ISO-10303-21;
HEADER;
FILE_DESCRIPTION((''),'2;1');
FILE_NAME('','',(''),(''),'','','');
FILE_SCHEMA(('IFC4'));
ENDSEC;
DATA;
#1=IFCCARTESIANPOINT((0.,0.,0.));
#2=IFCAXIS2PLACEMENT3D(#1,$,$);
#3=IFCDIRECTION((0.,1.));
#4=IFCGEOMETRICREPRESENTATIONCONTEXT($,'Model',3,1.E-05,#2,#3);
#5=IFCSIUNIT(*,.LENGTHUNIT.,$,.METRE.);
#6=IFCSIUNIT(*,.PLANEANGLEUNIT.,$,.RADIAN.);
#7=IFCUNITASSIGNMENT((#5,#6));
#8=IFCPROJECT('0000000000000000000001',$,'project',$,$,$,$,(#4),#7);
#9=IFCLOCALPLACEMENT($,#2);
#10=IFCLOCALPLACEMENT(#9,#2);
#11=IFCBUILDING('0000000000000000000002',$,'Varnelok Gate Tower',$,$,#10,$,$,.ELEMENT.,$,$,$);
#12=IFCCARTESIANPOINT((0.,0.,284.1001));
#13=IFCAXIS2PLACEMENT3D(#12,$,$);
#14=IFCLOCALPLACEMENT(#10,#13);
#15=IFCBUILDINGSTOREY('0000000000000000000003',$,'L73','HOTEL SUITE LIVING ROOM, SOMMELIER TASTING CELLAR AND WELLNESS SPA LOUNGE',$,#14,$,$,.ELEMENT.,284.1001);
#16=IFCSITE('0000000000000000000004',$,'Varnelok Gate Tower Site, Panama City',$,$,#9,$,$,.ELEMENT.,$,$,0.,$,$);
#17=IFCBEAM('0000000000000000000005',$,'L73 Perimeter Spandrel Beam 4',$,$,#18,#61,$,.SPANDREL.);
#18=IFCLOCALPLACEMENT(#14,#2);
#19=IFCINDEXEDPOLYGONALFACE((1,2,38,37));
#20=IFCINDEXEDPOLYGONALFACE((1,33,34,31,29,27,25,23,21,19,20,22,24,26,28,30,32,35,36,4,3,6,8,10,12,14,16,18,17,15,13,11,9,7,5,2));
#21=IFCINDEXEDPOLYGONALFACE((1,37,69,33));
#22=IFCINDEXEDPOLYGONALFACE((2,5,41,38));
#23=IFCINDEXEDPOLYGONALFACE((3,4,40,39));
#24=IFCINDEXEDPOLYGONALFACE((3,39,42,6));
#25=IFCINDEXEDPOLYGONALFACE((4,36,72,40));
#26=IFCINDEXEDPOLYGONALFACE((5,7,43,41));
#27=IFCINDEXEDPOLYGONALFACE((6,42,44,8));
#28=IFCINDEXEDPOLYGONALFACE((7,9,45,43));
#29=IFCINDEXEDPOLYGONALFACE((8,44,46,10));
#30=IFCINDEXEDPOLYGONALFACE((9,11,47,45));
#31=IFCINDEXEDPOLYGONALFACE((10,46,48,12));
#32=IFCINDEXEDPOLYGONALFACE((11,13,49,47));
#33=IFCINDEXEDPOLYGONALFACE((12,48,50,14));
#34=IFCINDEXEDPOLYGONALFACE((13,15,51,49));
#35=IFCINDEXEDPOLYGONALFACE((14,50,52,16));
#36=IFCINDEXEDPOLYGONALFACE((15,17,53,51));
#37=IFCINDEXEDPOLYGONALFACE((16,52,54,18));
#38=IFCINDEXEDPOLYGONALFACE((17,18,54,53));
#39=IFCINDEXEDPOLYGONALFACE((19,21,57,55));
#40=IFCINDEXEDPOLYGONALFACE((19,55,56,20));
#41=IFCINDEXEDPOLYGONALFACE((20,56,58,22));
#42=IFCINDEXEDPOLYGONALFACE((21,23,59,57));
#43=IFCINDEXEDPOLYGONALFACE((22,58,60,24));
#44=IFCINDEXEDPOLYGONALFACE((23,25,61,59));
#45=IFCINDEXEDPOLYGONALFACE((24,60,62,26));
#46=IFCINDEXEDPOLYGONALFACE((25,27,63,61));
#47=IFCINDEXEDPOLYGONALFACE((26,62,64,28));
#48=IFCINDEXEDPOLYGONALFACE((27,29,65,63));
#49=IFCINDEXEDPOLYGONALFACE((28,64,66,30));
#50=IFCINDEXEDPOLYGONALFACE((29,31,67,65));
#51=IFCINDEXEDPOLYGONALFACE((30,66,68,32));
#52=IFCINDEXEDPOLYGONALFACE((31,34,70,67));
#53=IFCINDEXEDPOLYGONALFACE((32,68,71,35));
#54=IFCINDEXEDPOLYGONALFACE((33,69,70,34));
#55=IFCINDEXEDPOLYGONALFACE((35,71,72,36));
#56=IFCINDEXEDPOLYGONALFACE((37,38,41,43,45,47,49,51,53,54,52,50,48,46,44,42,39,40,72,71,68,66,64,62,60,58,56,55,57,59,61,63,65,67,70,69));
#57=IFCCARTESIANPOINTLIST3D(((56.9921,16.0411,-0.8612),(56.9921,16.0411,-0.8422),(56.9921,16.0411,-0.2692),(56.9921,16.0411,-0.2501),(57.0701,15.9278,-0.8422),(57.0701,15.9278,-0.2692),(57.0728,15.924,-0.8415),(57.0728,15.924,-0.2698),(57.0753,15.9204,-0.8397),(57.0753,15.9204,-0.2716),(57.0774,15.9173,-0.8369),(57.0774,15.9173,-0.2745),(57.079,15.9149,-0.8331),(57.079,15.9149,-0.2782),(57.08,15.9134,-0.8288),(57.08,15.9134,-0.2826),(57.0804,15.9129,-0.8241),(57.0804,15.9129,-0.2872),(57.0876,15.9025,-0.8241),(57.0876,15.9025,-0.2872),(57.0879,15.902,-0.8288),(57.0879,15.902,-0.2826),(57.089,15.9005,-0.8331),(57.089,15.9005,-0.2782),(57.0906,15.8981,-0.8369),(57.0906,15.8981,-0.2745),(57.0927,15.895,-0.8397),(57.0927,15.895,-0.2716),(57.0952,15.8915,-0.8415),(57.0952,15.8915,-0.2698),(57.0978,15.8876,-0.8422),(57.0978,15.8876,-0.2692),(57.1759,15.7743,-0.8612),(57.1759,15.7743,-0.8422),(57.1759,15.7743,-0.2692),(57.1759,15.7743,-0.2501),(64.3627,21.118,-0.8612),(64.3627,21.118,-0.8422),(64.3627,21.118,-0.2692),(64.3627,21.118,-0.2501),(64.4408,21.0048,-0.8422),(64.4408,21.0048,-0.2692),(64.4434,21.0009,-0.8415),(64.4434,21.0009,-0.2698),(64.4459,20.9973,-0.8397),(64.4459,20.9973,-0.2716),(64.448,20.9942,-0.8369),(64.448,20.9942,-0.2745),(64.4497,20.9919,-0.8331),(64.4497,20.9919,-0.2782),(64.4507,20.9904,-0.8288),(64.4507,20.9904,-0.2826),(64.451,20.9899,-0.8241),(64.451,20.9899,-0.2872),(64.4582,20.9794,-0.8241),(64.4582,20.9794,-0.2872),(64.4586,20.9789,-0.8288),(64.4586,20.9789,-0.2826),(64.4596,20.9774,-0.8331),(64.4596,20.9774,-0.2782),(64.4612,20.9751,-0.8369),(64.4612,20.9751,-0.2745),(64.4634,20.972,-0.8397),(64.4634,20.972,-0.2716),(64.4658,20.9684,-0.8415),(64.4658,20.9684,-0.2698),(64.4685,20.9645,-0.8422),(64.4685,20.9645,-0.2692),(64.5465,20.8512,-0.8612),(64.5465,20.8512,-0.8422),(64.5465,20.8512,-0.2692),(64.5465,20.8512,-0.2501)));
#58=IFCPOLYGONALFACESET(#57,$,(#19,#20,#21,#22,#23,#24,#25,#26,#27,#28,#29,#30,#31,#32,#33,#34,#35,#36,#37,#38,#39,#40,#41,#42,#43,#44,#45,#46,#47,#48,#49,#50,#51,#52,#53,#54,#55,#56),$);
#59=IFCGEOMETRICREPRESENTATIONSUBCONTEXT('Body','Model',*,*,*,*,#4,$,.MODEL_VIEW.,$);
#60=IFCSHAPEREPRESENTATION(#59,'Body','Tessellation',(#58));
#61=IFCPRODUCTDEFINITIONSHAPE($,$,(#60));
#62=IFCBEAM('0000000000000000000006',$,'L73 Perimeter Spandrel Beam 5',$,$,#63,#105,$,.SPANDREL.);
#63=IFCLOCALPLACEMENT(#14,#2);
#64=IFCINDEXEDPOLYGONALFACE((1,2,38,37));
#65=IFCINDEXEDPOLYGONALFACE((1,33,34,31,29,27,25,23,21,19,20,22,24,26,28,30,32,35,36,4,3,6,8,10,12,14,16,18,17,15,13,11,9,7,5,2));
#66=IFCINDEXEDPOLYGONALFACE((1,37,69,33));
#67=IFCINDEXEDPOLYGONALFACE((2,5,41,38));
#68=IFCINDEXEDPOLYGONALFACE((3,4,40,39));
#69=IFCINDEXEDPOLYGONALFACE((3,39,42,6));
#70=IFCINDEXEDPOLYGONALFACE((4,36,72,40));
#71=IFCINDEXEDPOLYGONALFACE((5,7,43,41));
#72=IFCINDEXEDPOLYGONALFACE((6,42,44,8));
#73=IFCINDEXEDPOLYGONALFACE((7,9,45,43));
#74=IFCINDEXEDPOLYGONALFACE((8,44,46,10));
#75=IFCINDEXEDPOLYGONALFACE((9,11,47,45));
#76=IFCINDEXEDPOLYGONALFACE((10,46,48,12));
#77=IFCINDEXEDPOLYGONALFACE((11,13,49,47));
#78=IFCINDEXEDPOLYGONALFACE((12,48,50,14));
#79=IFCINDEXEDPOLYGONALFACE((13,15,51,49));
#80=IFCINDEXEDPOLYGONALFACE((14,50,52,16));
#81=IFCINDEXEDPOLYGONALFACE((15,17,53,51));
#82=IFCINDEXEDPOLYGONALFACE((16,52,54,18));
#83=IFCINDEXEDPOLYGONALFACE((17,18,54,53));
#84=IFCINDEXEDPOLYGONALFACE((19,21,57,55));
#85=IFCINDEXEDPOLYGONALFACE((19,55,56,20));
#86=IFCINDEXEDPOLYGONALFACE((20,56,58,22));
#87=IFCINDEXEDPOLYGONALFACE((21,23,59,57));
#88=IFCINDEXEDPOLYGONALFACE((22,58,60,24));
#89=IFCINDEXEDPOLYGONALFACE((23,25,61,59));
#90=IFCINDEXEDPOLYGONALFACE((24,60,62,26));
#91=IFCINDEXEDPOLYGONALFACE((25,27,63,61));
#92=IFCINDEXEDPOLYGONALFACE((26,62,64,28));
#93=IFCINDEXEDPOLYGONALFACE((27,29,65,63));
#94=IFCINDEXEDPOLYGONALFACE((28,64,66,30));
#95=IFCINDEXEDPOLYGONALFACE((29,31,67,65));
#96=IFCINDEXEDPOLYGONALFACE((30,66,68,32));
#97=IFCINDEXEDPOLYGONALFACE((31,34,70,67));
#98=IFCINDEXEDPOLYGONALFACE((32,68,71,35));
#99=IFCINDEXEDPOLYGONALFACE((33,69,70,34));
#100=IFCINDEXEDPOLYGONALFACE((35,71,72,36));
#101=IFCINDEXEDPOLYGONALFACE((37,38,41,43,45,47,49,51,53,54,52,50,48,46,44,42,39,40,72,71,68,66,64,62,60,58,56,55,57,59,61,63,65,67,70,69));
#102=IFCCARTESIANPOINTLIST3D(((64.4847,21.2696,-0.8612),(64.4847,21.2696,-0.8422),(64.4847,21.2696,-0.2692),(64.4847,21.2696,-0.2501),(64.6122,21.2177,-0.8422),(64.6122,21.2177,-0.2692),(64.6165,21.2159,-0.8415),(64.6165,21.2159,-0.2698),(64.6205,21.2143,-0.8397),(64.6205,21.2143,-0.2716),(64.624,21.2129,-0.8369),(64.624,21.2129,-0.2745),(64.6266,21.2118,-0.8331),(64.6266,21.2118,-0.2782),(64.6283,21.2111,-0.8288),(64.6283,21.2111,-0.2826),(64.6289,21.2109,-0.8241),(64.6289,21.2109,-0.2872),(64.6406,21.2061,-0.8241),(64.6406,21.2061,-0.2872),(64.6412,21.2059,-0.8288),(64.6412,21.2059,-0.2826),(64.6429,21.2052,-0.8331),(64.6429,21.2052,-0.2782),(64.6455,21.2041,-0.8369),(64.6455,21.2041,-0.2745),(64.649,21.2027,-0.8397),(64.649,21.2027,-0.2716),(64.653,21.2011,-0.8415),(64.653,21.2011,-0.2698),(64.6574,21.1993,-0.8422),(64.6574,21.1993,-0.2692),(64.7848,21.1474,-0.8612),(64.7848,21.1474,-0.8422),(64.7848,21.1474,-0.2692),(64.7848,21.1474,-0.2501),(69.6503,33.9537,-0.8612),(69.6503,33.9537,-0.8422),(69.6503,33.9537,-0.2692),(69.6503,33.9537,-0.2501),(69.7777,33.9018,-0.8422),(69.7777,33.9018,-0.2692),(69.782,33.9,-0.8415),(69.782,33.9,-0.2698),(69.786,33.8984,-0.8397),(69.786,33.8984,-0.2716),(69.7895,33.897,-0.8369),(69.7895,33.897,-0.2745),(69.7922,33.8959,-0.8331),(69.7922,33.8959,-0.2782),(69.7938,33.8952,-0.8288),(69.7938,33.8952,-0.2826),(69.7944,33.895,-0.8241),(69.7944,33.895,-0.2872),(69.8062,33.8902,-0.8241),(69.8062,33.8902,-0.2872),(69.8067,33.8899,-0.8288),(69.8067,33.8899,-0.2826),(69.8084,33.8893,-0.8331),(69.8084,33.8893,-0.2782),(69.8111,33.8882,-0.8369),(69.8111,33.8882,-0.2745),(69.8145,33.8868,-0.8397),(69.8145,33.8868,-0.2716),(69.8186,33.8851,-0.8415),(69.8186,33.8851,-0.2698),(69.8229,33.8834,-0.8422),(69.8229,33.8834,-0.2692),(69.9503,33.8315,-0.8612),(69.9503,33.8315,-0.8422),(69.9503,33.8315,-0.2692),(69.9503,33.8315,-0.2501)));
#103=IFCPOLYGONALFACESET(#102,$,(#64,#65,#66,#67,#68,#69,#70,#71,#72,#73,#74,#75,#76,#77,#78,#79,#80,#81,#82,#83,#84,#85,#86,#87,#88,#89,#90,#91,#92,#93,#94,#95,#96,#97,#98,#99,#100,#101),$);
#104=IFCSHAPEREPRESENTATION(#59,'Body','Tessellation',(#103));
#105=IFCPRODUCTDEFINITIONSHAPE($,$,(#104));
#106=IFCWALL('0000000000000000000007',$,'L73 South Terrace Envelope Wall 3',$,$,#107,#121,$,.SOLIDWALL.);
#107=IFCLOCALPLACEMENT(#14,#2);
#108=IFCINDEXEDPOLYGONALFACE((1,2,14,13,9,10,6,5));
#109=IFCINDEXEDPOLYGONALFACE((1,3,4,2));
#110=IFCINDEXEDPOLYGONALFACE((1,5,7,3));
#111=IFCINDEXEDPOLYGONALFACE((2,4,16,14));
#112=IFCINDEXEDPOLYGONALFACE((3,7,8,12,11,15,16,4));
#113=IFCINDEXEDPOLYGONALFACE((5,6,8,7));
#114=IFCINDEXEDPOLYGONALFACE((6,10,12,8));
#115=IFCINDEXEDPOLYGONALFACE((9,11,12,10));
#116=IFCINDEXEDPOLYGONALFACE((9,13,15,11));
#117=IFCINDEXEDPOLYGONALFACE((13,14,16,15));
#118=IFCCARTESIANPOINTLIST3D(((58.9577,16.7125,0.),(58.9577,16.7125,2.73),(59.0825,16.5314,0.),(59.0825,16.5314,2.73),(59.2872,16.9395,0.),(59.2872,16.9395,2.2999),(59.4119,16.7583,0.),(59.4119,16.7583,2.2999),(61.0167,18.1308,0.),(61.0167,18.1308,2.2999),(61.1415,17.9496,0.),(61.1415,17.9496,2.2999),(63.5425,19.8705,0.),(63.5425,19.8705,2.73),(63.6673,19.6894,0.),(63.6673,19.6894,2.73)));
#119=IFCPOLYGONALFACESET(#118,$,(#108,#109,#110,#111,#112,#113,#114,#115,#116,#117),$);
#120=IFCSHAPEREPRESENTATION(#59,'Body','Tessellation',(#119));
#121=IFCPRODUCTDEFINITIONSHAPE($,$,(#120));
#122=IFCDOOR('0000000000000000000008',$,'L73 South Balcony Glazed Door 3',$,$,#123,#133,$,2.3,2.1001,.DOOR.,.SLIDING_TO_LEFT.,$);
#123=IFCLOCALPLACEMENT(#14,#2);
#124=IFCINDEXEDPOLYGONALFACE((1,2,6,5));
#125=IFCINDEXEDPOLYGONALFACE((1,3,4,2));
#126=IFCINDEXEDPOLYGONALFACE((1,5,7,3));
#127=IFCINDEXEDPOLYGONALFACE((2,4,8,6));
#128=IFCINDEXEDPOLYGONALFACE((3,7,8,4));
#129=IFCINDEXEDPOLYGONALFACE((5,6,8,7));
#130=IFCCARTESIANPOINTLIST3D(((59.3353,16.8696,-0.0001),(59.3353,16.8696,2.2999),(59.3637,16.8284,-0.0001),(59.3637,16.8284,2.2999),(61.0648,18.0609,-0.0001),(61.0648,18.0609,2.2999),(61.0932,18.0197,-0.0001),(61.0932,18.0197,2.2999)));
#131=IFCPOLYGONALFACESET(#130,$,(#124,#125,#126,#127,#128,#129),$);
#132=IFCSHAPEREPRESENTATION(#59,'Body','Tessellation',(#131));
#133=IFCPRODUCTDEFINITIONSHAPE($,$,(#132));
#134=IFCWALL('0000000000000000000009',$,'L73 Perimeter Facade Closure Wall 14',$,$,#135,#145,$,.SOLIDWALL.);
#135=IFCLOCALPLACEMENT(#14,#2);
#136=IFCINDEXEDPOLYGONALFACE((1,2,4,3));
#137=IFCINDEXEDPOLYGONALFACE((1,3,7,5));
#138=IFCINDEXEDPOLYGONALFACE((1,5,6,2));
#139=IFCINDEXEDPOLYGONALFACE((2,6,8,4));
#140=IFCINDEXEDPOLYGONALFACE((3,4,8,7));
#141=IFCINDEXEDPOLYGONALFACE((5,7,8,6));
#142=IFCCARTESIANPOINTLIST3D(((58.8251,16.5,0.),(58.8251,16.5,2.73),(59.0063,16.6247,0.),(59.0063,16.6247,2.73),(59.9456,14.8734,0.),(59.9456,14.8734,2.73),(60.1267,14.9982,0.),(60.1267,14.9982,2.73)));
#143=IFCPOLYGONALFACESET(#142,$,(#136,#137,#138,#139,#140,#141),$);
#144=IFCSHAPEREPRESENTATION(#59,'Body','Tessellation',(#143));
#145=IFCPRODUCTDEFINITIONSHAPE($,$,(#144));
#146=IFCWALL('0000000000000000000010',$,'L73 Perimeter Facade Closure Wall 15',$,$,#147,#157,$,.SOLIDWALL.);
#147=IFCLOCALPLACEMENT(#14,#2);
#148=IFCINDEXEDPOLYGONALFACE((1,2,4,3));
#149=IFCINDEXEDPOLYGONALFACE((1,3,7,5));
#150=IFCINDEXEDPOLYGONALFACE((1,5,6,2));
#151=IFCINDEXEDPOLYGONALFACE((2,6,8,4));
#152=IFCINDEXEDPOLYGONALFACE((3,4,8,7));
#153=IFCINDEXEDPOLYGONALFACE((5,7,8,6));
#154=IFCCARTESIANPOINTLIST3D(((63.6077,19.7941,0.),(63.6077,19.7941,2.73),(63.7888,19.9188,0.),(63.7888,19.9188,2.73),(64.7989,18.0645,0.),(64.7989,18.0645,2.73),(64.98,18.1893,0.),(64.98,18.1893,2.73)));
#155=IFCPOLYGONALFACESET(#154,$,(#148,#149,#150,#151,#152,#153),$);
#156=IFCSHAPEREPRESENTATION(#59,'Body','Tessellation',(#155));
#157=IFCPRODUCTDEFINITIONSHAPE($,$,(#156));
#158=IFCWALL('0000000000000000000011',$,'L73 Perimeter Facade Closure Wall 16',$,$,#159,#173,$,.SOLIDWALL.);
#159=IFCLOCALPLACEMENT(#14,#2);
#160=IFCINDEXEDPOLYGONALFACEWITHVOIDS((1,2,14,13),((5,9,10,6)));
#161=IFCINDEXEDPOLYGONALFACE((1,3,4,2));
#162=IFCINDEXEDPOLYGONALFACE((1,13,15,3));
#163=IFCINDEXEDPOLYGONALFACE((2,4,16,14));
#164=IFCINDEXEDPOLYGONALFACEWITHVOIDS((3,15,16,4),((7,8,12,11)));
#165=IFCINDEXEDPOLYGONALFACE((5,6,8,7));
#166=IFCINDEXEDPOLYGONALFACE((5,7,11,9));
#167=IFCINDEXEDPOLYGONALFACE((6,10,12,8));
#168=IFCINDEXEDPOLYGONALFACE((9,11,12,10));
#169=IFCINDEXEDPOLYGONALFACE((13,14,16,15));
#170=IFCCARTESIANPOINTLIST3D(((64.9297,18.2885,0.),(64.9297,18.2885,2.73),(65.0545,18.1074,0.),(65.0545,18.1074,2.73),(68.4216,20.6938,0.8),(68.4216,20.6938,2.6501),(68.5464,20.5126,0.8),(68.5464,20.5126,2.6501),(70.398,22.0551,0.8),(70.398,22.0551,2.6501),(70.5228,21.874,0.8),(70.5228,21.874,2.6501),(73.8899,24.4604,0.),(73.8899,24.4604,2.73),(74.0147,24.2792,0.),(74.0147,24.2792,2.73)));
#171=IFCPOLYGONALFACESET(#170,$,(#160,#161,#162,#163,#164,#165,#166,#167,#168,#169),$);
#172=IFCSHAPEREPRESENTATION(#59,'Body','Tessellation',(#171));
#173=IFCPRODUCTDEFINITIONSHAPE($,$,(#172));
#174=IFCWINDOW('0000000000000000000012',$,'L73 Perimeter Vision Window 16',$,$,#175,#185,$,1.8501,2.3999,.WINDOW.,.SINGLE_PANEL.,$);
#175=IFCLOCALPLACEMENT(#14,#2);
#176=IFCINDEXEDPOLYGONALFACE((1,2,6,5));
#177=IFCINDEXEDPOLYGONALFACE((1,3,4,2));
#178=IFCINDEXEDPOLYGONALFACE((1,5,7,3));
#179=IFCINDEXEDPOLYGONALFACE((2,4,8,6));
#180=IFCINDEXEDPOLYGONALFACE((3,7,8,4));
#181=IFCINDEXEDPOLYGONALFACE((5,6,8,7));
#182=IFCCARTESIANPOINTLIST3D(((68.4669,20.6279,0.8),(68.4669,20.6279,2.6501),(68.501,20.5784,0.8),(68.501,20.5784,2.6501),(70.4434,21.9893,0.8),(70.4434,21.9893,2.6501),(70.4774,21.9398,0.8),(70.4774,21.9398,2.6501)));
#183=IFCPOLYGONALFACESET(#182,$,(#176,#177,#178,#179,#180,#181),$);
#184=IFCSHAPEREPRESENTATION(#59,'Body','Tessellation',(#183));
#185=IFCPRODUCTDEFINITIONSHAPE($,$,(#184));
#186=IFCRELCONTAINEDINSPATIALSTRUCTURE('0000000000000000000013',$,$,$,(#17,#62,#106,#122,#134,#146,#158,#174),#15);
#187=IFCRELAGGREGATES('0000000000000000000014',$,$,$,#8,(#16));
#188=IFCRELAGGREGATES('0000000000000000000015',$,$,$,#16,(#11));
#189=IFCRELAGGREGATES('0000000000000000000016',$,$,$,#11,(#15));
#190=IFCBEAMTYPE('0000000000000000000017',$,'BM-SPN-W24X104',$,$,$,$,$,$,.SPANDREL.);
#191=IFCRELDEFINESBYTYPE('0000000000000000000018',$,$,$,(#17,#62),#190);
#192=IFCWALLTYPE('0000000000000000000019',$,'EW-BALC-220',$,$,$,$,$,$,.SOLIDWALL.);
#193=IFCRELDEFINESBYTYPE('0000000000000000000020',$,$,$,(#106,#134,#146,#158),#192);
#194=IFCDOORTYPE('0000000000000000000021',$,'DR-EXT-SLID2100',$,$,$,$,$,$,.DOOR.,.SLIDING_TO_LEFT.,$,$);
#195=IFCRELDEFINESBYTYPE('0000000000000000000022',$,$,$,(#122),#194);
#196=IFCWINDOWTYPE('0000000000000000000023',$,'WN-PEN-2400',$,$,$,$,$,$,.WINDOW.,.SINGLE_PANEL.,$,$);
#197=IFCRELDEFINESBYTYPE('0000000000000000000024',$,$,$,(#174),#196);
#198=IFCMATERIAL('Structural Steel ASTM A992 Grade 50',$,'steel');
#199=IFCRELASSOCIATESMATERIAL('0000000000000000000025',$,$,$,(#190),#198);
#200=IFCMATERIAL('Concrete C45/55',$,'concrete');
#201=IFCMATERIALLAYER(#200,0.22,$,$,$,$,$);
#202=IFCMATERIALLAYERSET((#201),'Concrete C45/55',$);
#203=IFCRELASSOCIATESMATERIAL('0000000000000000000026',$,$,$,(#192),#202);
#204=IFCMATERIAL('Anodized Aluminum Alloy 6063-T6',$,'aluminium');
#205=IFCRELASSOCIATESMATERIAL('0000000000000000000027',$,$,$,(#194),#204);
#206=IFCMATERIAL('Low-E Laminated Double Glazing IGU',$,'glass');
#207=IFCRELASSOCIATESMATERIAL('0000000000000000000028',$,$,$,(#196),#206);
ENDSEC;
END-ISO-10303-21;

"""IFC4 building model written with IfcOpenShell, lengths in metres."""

from ifc_helpers import new_model, si_unit, direction, frame, frame_2d, origin, origin_2d, place, context, subcontext, project, spatial, rectangle, i_section, extrude, material, layer, layer_set, material_profile, profile_set, type_object, element, fill, save


model = new_model("IFC4")

# Units and contexts
model_context = context("Model", 3, precision=1e-05, world=origin(), true_north=direction((0.0, 1.0)))
body_context = subcontext(model_context, "Body", "Model", "MODEL_VIEW")
ifc_project = project(units=[si_unit("LENGTHUNIT", "METRE"), si_unit("PLANEANGLEUNIT", "RADIAN")], contexts=[model_context])

# Site, building, storey
site_placement = place(None, origin())
site = spatial("IfcSite", under=ifc_project, at=site_placement, Name="Varnelok Gate Tower Site, Panama City", CompositionType="ELEMENT", RefElevation=0.0)
building_placement = place(site_placement, origin())
building = spatial("IfcBuilding", under=site, at=building_placement, Name="Varnelok Gate Tower", CompositionType="ELEMENT")
storey_placement = place(building_placement, frame((0.0, 0.0, 284.1001)))
storey = spatial("IfcBuildingStorey", under=building, at=storey_placement, Name="L73", Description="HOTEL SUITE LIVING ROOM, SOMMELIER TASTING CELLAR AND WELLNESS SPA LOUNGE", CompositionType="ELEMENT", Elevation=284.1001)

# Shared definitions
ifc_material_1 = material(Name="Structural Steel ASTM A992 Grade 50", Category="steel")

# Beams
ifc_material_profile_1 = material_profile(ifc_material_1, i_section(OverallWidth=0.324, OverallDepth=0.6111, WebThickness=0.0127, FlangeThickness=0.019, FilletRadius=0.0181, at=origin_2d()), Name="W24X104")
ifc_profile_set_1 = profile_set([ifc_material_profile_1], Name="Structural Steel ASTM A992 Grade 50")
beam_type_1 = type_object("IfcBeamType", Name="BM-SPN-W24X104", PredefinedType="SPANDREL", material=ifc_profile_set_1)
beam_1_placement = place(storey_placement, frame((57.084, 15.9077, -0.5557), z_axis=(0.82354, 0.567258, 0.0), x_axis=(-0.567258, 0.82354, 0.0)))
element("IfcBeam", 1, at=beam_1_placement, inside=storey, type_object=beam_type_1, Name="L73 Perimeter Spandrel Beam 4", PredefinedType="SPANDREL", context=body_context, shape_type="SweptSolid", body=[
    extrude(i_section(OverallWidth=0.324, OverallDepth=0.6111, WebThickness=0.0127, FlangeThickness=0.019, FilletRadius=0.0181, at=origin_2d()), origin(), (0.0, 0.0, 1.0), 8.95),
])
beam_2_placement = place(storey_placement, frame((64.6348, 21.2085, -0.5557), z_axis=(0.377168, 0.926145, 0.0), x_axis=(-0.926145, 0.377168, 0.0)))
element("IfcBeam", 2, at=beam_2_placement, inside=storey, type_object=beam_type_1, Name="L73 Perimeter Spandrel Beam 5", PredefinedType="SPANDREL", context=body_context, shape_type="SweptSolid", body=[
    extrude(i_section(OverallWidth=0.324, OverallDepth=0.6111, WebThickness=0.0127, FlangeThickness=0.019, FilletRadius=0.0181, at=origin_2d()), origin(), (0.0, 0.0, 1.0), 13.6956),
])

# Wall, opening, door
ifc_material_2 = material(Name="Concrete C45/55", Category="concrete")
ifc_layer = layer(ifc_material_2, 0.22)
ifc_layer_set = layer_set([ifc_layer], Name="Concrete C45/55")
wall_type = type_object("IfcWallType", Name="EW-BALC-220", PredefinedType="SOLIDWALL", material=ifc_layer_set)
wall_1_placement = place(storey_placement, frame((63.605, 19.78, 0.0), z_axis=(0.0, 0.0, 1.0), x_axis=(-0.823541, -0.567256, 0.0)))
wall_1 = element("IfcWall", 3, at=wall_1_placement, inside=storey, type_object=wall_type, Name="L73 South Terrace Envelope Wall 3", PredefinedType="SOLIDWALL", context=body_context, shape_type="SweptSolid", body=[
    extrude(rectangle(XDim=5.5671, YDim=0.22, at=frame_2d((2.7837, 0.0))), origin(), (0.0, 0.0, 1.0), 2.73),
])
opening_1_placement = place(wall_1_placement, frame((3.0671, 0.0, 0.0)))
opening_1 = element("IfcOpeningElement", 4, at=opening_1_placement, cuts=wall_1, PredefinedType="OPENING", context=body_context, shape_type="SweptSolid", body=[
    extrude(rectangle(XDim=2.1001, YDim=2.3, at=frame_2d((1.05, 1.1499))), frame((0.0, 0.1199, 0.0), z_axis=(0.0, -1.0, 0.0), x_axis=(1.0, 0.0, 0.0)), (0.0, 0.0, 1.0), 0.24),
])
ifc_material_3 = material(Name="Anodized Aluminum Alloy 6063-T6", Category="aluminium")
door_type = type_object("IfcDoorType", Name="DR-EXT-SLID2100", OperationType="SLIDING_TO_LEFT", PredefinedType="DOOR", material=ifc_material_3)
door_placement = place(opening_1_placement, origin())
door = element("IfcDoor", 5, at=door_placement, inside=storey, type_object=door_type, Name="L73 South Balcony Glazed Door 3", OperationType="SLIDING_TO_LEFT", OverallHeight=2.3, OverallWidth=2.1001, PredefinedType="DOOR", context=body_context, shape_type="SweptSolid", body=[
    extrude(rectangle(XDim=2.1001, YDim=2.3, at=frame_2d((1.05, 1.1499))), frame((0.0, 0.0249, 0.0), z_axis=(0.0, -1.0, 0.0), x_axis=(1.0, 0.0, 0.0)), (0.0, 0.0, 1.0), 0.05),
])
fill(opening_1, door)

# Walls
wall_2_placement = place(storey_placement, frame((60.0361, 14.9358, 0.0), z_axis=(0.0, 0.0, 1.0), x_axis=(-0.567274, 0.823529, 0.0)))
element("IfcWall", 6, at=wall_2_placement, inside=storey, type_object=wall_type, Name="L73 Perimeter Facade Closure Wall 14", PredefinedType="SOLIDWALL", context=body_context, shape_type="SweptSolid", body=[
    extrude(rectangle(XDim=1.9751, YDim=0.22, at=frame_2d((0.9875, 0.0))), origin(), (0.0, 0.0, 1.0), 2.73),
])
wall_3_placement = place(storey_placement, frame((63.6982, 19.8564, 0.0), z_axis=(0.0, 0.0, 1.0), x_axis=(0.567219, -0.823567, 0.0)))
element("IfcWall", 7, at=wall_3_placement, inside=storey, type_object=wall_type, Name="L73 Perimeter Facade Closure Wall 15", PredefinedType="SOLIDWALL", context=body_context, shape_type="SweptSolid", body=[
    extrude(rectangle(XDim=2.1001, YDim=0.22, at=frame_2d((1.05, 0.0))), origin(), (0.0, 0.0, 1.0), 2.73),
])

# Wall, opening, window
wall_4_placement = place(storey_placement, frame((64.9922, 18.198, 0.0), z_axis=(0.0, 0.0, 1.0), x_axis=(0.823538, 0.567261, 0.0)))
wall_4 = element("IfcWall", 8, at=wall_4_placement, inside=storey, type_object=wall_type, Name="L73 Perimeter Facade Closure Wall 16", PredefinedType="SOLIDWALL", context=body_context, shape_type="SweptSolid", body=[
    extrude(rectangle(XDim=10.8801, YDim=0.22, at=frame_2d((5.4399, 0.0))), origin(), (0.0, 0.0, 1.0), 2.73),
])
opening_2_placement = place(wall_4_placement, frame((4.24, 0.0, 0.8)))
opening_2 = element("IfcOpeningElement", 9, at=opening_2_placement, cuts=wall_4, PredefinedType="OPENING", context=body_context, shape_type="SweptSolid", body=[
    extrude(rectangle(XDim=2.3999, YDim=1.8501, at=frame_2d((1.2, 0.925))), frame((0.0, 0.1199, 0.0), z_axis=(0.0, -1.0, 0.0), x_axis=(1.0, 0.0, 0.0)), (0.0, 0.0, 1.0), 0.24),
])
ifc_material_4 = material(Name="Low-E Laminated Double Glazing IGU", Category="glass")
window_type = type_object("IfcWindowType", Name="WN-PEN-2400", PartitioningType="SINGLE_PANEL", PredefinedType="WINDOW", material=ifc_material_4)
window_placement = place(opening_2_placement, origin())
window = element("IfcWindow", 10, at=window_placement, inside=storey, type_object=window_type, Name="L73 Perimeter Vision Window 16", OverallHeight=1.8501, OverallWidth=2.3999, PartitioningType="SINGLE_PANEL", PredefinedType="WINDOW", context=body_context, shape_type="SweptSolid", body=[
    extrude(rectangle(XDim=2.3999, YDim=1.8501, at=frame_2d((1.2, 0.925))), frame((0.0, 0.03, 0.0), z_axis=(0.0, -1.0, 0.0), x_axis=(1.0, 0.0, 0.0)), (0.0, 0.0, 1.0), 0.0601),
])
fill(opening_2, window)

save(model, "model.ifc")
